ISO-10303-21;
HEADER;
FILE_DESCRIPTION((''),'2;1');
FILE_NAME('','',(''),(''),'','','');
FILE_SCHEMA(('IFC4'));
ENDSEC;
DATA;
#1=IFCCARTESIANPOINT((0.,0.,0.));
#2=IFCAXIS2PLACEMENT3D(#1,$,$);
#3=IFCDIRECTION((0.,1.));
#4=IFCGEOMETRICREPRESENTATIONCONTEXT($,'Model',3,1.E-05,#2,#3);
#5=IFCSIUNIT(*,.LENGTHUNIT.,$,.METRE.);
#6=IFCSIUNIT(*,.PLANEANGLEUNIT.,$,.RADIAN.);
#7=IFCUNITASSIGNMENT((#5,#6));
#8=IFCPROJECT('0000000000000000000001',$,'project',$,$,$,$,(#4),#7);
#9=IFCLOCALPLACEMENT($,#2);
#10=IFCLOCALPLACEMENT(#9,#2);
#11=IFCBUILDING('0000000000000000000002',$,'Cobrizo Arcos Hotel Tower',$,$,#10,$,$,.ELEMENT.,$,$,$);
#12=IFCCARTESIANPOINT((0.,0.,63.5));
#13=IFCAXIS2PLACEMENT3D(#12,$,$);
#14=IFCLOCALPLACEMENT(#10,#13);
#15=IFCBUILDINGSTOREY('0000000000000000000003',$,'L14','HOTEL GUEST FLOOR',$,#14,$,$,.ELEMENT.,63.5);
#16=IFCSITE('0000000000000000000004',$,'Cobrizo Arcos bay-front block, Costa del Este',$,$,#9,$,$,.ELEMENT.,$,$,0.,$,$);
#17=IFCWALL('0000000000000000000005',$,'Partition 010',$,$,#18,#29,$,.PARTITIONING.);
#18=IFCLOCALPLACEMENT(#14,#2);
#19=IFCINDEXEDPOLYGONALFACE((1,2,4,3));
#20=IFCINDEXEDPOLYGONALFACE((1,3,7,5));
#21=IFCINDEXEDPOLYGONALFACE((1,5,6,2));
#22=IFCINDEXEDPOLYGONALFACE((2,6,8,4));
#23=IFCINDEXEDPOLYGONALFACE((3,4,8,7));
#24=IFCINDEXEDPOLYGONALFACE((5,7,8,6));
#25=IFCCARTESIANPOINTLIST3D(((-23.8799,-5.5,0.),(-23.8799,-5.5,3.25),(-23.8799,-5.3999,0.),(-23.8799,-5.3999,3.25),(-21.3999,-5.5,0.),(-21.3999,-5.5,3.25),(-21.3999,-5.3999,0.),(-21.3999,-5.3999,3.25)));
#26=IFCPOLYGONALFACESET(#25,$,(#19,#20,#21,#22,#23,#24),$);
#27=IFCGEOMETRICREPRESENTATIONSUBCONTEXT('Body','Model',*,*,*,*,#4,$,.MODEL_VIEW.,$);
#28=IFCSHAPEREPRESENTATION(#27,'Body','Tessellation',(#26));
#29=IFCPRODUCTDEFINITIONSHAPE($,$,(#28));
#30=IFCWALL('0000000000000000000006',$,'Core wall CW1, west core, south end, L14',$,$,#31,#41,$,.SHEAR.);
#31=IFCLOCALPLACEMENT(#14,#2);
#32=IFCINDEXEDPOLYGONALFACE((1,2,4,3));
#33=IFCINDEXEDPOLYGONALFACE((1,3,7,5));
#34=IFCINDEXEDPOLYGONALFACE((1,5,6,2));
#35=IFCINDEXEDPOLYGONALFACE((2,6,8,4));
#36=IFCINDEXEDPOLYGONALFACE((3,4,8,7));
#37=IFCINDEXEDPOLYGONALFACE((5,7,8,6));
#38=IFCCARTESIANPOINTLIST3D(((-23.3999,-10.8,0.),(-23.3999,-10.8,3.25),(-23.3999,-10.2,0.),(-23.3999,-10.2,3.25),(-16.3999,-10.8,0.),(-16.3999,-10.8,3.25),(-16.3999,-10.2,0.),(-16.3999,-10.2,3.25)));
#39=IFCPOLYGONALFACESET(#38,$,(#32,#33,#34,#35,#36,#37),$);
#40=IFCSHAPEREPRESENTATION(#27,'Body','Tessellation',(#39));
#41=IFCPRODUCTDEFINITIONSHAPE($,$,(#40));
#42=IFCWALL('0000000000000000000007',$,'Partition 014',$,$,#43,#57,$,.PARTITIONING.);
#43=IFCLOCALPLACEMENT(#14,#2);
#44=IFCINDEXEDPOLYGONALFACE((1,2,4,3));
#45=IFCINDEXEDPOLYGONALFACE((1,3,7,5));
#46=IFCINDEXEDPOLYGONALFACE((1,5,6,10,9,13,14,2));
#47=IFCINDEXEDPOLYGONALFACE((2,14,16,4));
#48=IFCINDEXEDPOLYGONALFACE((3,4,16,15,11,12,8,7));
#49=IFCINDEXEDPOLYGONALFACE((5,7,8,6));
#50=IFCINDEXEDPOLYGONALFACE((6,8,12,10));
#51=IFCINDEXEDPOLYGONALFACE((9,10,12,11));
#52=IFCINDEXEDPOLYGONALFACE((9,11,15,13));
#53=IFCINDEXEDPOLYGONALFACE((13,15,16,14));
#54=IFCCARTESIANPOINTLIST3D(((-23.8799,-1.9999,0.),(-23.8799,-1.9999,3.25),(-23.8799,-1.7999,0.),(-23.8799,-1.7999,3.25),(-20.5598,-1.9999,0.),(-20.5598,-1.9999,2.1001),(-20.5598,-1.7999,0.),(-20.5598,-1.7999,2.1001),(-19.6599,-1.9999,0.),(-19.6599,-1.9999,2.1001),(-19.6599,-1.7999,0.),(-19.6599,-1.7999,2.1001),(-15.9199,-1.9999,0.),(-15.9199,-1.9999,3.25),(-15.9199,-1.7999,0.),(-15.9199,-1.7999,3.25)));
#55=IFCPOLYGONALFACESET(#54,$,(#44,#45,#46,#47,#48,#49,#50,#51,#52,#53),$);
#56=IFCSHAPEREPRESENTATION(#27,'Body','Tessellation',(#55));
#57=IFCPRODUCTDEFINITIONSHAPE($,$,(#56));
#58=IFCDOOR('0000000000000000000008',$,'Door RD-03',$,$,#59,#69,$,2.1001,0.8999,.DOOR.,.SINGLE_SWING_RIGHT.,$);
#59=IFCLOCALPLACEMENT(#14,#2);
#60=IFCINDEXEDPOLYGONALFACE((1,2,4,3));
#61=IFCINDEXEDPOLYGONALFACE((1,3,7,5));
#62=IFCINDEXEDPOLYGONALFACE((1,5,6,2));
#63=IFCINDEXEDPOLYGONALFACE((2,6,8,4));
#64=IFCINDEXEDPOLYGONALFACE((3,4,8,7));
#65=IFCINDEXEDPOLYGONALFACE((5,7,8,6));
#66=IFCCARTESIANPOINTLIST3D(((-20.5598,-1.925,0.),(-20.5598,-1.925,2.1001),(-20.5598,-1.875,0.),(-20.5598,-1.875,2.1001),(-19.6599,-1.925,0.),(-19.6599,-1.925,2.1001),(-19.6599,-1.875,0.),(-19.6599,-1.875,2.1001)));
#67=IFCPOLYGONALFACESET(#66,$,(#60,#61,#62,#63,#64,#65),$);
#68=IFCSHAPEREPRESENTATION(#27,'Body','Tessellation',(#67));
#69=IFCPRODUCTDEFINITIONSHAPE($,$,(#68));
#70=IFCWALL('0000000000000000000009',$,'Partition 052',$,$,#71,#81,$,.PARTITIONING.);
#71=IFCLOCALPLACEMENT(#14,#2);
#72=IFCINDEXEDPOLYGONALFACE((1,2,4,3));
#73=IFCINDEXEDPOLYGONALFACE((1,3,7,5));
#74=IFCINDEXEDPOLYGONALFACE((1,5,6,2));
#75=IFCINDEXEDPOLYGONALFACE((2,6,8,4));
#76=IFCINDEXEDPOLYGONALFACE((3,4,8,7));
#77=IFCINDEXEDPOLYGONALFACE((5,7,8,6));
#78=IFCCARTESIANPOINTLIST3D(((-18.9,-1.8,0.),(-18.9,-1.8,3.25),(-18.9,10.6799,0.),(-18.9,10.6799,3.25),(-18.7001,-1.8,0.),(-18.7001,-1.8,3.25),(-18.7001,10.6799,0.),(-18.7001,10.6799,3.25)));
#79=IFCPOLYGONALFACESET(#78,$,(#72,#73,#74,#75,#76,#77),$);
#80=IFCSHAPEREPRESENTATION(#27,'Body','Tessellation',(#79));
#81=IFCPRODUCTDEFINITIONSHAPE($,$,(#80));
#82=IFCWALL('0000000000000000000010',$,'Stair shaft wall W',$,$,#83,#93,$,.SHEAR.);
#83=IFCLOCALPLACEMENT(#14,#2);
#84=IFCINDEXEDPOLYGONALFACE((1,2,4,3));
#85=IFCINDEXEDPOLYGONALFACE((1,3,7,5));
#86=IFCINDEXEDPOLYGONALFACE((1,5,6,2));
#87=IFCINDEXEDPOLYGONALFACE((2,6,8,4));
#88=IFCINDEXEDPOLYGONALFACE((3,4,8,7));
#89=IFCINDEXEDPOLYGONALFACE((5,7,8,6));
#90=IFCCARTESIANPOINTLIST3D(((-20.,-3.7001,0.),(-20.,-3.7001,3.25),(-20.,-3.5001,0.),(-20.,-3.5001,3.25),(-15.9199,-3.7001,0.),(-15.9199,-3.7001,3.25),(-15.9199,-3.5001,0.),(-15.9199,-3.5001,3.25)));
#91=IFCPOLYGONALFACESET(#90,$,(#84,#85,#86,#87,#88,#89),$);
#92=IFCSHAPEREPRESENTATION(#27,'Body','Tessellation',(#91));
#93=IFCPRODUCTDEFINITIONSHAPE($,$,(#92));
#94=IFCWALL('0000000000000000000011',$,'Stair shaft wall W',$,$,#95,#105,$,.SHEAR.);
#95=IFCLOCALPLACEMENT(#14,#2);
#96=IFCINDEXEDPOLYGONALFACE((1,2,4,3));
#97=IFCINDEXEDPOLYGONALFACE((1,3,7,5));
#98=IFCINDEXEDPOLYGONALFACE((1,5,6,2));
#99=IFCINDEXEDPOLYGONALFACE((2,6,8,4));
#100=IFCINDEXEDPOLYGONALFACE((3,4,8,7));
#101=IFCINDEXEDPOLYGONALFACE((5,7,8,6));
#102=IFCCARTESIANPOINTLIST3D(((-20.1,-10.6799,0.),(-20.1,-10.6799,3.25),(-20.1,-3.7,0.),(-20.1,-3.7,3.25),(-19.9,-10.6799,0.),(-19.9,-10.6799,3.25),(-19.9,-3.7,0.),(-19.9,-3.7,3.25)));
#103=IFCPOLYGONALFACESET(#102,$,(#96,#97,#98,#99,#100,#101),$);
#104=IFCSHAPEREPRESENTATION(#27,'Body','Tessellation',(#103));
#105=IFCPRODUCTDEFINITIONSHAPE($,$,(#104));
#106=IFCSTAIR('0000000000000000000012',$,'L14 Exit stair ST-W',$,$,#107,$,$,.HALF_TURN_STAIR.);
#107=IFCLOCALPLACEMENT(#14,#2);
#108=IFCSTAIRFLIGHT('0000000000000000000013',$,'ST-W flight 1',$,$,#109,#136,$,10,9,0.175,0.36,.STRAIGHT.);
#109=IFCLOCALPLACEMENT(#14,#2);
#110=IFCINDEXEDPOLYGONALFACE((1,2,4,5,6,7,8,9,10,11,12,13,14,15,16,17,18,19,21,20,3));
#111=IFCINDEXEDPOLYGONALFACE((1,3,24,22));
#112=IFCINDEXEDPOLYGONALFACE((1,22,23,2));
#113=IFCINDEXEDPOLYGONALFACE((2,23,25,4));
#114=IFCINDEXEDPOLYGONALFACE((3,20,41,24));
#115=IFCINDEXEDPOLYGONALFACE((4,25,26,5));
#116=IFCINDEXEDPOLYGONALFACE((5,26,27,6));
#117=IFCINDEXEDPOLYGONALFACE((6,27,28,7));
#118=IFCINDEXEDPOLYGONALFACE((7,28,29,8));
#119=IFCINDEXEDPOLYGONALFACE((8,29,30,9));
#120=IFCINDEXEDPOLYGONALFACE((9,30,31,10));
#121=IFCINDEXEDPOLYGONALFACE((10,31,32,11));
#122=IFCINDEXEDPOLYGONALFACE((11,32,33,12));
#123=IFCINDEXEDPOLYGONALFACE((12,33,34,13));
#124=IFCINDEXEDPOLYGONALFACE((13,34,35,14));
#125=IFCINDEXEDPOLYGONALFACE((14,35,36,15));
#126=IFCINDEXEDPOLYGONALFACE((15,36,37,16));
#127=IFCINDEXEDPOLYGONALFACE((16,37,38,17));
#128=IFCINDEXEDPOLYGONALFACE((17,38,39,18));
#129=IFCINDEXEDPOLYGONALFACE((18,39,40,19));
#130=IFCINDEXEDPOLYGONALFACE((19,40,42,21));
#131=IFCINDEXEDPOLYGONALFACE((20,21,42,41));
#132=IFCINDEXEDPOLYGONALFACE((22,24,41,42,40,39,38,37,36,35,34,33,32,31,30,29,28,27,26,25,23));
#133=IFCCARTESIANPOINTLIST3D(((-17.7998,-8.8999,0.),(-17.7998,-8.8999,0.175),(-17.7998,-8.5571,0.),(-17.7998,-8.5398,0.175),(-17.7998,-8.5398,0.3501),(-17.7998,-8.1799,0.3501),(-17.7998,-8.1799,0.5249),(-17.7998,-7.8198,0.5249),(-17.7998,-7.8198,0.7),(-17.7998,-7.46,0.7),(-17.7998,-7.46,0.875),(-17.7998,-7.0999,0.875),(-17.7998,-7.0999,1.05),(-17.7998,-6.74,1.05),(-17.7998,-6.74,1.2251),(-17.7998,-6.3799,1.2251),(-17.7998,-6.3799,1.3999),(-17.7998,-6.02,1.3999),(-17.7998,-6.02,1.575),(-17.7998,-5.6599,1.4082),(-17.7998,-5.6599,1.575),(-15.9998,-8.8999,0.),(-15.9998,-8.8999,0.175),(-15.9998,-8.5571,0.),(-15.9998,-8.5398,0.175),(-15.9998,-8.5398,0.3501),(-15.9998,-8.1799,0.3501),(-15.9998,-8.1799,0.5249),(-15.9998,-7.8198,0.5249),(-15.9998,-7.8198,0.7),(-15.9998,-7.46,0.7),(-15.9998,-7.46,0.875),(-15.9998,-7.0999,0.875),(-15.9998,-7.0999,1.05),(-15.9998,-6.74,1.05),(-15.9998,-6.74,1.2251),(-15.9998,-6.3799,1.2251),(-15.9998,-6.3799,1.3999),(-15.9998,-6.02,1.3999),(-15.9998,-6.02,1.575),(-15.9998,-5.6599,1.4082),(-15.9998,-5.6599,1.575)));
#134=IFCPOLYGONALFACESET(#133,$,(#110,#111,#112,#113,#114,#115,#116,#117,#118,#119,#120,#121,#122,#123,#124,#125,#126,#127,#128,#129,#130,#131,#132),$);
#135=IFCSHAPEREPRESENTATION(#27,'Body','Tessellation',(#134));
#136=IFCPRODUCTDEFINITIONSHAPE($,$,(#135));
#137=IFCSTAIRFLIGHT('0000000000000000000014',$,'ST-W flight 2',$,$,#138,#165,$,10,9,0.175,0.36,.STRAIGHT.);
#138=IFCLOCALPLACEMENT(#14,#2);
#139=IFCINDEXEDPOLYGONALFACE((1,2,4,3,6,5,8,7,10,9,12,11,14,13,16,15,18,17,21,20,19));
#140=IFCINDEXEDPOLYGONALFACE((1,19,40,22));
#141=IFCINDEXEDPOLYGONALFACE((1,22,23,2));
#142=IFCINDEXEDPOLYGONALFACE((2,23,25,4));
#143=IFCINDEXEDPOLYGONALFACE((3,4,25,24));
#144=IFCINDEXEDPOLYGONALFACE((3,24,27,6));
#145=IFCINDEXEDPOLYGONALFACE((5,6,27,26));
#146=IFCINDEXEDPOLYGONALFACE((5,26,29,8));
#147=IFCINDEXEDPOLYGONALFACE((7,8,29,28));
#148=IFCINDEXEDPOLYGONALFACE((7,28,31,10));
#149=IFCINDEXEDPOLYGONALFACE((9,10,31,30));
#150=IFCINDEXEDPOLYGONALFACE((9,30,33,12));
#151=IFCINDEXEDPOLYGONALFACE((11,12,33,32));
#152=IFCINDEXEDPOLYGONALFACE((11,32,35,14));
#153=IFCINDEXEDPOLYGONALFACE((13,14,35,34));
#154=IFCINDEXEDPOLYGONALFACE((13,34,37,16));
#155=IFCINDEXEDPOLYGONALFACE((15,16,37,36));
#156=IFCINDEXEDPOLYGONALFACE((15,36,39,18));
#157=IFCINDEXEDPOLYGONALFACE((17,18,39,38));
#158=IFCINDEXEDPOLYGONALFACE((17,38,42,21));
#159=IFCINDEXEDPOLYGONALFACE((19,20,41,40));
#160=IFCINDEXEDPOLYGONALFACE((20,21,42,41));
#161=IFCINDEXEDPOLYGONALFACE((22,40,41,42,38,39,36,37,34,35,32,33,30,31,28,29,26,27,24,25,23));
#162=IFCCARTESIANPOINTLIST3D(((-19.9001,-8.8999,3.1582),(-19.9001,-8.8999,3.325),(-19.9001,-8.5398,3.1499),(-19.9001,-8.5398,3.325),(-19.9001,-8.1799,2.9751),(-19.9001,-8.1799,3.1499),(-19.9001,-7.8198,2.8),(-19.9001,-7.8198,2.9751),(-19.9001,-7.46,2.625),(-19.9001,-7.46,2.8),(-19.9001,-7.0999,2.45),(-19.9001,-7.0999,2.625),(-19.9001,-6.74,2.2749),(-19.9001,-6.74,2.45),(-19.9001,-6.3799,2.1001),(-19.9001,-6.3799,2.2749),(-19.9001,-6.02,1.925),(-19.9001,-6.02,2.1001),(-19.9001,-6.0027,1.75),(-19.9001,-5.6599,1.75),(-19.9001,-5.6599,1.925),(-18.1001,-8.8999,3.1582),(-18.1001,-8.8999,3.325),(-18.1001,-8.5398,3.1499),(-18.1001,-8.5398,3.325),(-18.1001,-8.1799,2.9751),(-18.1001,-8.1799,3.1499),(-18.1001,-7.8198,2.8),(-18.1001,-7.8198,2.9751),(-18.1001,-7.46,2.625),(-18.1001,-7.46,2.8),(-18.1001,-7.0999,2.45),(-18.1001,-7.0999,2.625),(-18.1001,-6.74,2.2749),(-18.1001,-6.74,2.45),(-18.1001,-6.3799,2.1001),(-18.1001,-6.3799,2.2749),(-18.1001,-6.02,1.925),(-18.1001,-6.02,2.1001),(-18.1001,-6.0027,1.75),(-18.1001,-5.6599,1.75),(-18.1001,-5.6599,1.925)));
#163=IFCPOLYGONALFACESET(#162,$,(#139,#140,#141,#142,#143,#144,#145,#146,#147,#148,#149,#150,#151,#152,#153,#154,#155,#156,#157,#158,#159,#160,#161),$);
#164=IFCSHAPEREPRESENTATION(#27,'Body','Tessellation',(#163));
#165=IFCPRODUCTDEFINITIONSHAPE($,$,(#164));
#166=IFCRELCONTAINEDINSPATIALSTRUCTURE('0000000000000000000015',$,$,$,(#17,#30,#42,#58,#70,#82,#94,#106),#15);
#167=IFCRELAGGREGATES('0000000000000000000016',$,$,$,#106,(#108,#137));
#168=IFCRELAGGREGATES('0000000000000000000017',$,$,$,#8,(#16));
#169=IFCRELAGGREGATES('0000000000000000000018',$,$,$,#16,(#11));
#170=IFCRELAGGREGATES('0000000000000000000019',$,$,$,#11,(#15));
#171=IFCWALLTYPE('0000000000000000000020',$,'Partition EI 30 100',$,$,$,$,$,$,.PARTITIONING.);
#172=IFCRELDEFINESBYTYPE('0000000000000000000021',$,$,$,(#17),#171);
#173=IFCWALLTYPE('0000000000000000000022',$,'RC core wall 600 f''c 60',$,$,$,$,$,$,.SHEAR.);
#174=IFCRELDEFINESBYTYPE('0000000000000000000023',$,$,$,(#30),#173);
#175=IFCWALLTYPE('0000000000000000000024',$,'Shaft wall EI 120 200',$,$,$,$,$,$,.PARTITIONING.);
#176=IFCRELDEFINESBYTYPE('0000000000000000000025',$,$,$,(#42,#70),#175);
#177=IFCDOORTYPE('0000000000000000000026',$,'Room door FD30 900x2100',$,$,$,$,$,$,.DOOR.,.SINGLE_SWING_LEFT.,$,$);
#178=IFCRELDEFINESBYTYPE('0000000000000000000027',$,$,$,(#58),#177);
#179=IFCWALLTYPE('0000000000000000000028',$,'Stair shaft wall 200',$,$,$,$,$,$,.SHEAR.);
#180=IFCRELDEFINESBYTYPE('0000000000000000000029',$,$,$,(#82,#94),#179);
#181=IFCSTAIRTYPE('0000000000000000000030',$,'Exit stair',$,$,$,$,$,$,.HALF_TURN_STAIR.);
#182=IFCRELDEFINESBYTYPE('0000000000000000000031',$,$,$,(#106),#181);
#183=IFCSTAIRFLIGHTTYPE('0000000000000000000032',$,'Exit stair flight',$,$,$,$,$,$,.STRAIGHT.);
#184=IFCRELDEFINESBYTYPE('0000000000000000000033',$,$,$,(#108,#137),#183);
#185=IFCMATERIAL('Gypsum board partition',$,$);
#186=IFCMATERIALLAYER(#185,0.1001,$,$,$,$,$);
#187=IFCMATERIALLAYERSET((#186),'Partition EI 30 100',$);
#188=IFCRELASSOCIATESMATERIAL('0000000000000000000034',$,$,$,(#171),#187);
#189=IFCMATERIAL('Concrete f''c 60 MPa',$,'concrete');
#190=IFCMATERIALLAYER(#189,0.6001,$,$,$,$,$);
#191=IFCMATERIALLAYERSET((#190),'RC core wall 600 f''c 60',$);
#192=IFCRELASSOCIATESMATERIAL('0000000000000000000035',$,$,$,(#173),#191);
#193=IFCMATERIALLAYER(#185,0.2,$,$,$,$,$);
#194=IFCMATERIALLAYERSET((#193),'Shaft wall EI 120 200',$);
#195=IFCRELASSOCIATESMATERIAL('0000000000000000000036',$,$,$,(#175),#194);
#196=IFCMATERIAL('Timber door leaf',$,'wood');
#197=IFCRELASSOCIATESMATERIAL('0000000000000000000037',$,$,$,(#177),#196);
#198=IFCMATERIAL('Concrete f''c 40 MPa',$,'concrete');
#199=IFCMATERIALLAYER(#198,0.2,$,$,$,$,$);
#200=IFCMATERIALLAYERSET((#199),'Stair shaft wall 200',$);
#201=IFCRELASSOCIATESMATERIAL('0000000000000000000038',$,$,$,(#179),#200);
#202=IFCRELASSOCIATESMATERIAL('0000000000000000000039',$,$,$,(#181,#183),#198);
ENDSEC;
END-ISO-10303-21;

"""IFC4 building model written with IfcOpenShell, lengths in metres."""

from ifc_helpers import new_model, si_unit, direction, frame, frame_2d, origin, place, context, subcontext, project, spatial, polyline, rectangle, outline, extrude, material, layer, layer_set, type_object, element, fill, aggregate, save


model = new_model("IFC4")

# Units and contexts
model_context = context("Model", 3, precision=1e-05, world=origin(), true_north=direction((0.0, 1.0)))
body_context = subcontext(model_context, "Body", "Model", "MODEL_VIEW")
ifc_project = project(units=[si_unit("LENGTHUNIT", "METRE"), si_unit("PLANEANGLEUNIT", "RADIAN")], contexts=[model_context])

# Site, building, storey
site_placement = place(None, origin())
site = spatial("IfcSite", under=ifc_project, at=site_placement, Name="Cobrizo Arcos bay-front block, Costa del Este", CompositionType="ELEMENT", RefElevation=0.0)
building_placement = place(site_placement, origin())
building = spatial("IfcBuilding", under=site, at=building_placement, Name="Cobrizo Arcos Hotel Tower", CompositionType="ELEMENT")
storey_placement = place(building_placement, frame((0.0, 0.0, 63.5)))
storey = spatial("IfcBuildingStorey", under=building, at=storey_placement, Name="L14", Description="HOTEL GUEST FLOOR", CompositionType="ELEMENT", Elevation=63.5)

# Walls
ifc_material_1 = material(Name="Gypsum board partition")
ifc_layer_1 = layer(ifc_material_1, 0.1001)
ifc_layer_set_1 = layer_set([ifc_layer_1], Name="Partition EI 30 100")
wall_type_1 = type_object("IfcWallType", Name="Partition EI 30 100", PredefinedType="PARTITIONING", material=ifc_layer_set_1)
wall_1_placement = place(storey_placement, frame((-23.8799, -5.45, 0.0), z_axis=(0.0, 0.0, 1.0), x_axis=(1.0, 0.0, 0.0)))
element("IfcWall", 1, at=wall_1_placement, inside=storey, type_object=wall_type_1, Name="Partition 010", PredefinedType="PARTITIONING", context=body_context, shape_type="SweptSolid", body=[
    extrude(rectangle(XDim=2.48, YDim=0.1001, at=frame_2d((1.24, 0.0))), origin(), (0.0, 0.0, 1.0), 3.25),
])
ifc_material_2 = material(Name="Concrete f'c 60 MPa", Category="concrete")
ifc_layer_2 = layer(ifc_material_2, 0.6001)
ifc_layer_set_2 = layer_set([ifc_layer_2], Name="RC core wall 600 f'c 60")
wall_type_2 = type_object("IfcWallType", Name="RC core wall 600 f'c 60", PredefinedType="SHEAR", material=ifc_layer_set_2)
wall_2_placement = place(storey_placement, frame((-23.3999, -10.5, 0.0), z_axis=(0.0, 0.0, 1.0), x_axis=(1.0, 0.0, 0.0)))
element("IfcWall", 2, at=wall_2_placement, inside=storey, type_object=wall_type_2, Name="Core wall CW1, west core, south end, L14", PredefinedType="SHEAR", context=body_context, shape_type="SweptSolid", body=[
    extrude(rectangle(XDim=7.0, YDim=0.6001, at=frame_2d((3.5, 0.0))), origin(), (0.0, 0.0, 1.0), 3.25),
])

# Wall, opening, door
ifc_layer_3 = layer(ifc_material_1, 0.2)
ifc_layer_set_3 = layer_set([ifc_layer_3], Name="Shaft wall EI 120 200")
wall_type_3 = type_object("IfcWallType", Name="Shaft wall EI 120 200", PredefinedType="PARTITIONING", material=ifc_layer_set_3)
wall_3_placement = place(storey_placement, frame((-23.8799, -1.8999, 0.0), z_axis=(0.0, 0.0, 1.0), x_axis=(1.0, 0.0, 0.0)))
wall_3 = element("IfcWall", 3, at=wall_3_placement, inside=storey, type_object=wall_type_3, Name="Partition 014", PredefinedType="PARTITIONING", context=body_context, shape_type="SweptSolid", body=[
    extrude(rectangle(XDim=7.96, YDim=0.2, at=frame_2d((3.98, 0.0))), origin(), (0.0, 0.0, 1.0), 3.25),
])
opening_placement = place(wall_3_placement, frame((3.3201, 0.0, 0.0)))
opening = element("IfcOpeningElement", 4, at=opening_placement, cuts=wall_3, PredefinedType="OPENING", context=body_context, shape_type="SweptSolid", body=[
    extrude(rectangle(XDim=0.8999, YDim=2.1001, at=frame_2d((0.45, 1.05))), frame((0.0, 0.1121, 0.0), z_axis=(0.0, -1.0, 0.0), x_axis=(1.0, 0.0, 0.0)), (0.0, 0.0, 1.0), 0.2239),
])
ifc_material_3 = material(Name="Timber door leaf", Category="wood")
door_type = type_object("IfcDoorType", Name="Room door FD30 900x2100", OperationType="SINGLE_SWING_LEFT", PredefinedType="DOOR", material=ifc_material_3)
door_placement = place(opening_placement, origin())
door = element("IfcDoor", 5, at=door_placement, inside=storey, type_object=door_type, Name="Door RD-03", OperationType="SINGLE_SWING_RIGHT", OverallHeight=2.1001, OverallWidth=0.8999, PredefinedType="DOOR", context=body_context, shape_type="SweptSolid", body=[
    extrude(rectangle(XDim=0.8999, YDim=2.1001, at=frame_2d((0.45, 1.05))), frame((0.0, 0.0249, 0.0), z_axis=(0.0, -1.0, 0.0), x_axis=(1.0, 0.0, 0.0)), (0.0, 0.0, 1.0), 0.05),
])
fill(opening, door)

# Walls
wall_4_placement = place(storey_placement, frame((-18.8, -1.8, 0.0), z_axis=(0.0, 0.0, 1.0), x_axis=(0.0, 1.0, 0.0)))
element("IfcWall", 6, at=wall_4_placement, inside=storey, type_object=wall_type_3, Name="Partition 052", PredefinedType="PARTITIONING", context=body_context, shape_type="SweptSolid", body=[
    extrude(rectangle(XDim=12.48, YDim=0.2, at=frame_2d((6.24, 0.0))), origin(), (0.0, 0.0, 1.0), 3.25),
])
ifc_material_4 = material(Name="Concrete f'c 40 MPa", Category="concrete")
ifc_layer_4 = layer(ifc_material_4, 0.2)
ifc_layer_set_4 = layer_set([ifc_layer_4], Name="Stair shaft wall 200")
wall_type_4 = type_object("IfcWallType", Name="Stair shaft wall 200", PredefinedType="SHEAR", material=ifc_layer_set_4)
wall_5_placement = place(storey_placement, frame((-20.0, -3.6001, 0.0), z_axis=(0.0, 0.0, 1.0), x_axis=(1.0, 0.0, 0.0)))
element("IfcWall", 7, at=wall_5_placement, inside=storey, type_object=wall_type_4, Name="Stair shaft wall W", PredefinedType="SHEAR", context=body_context, shape_type="SweptSolid", body=[
    extrude(rectangle(XDim=4.0801, YDim=0.2, at=frame_2d((2.04, 0.0))), origin(), (0.0, 0.0, 1.0), 3.25),
])
wall_6_placement = place(storey_placement, frame((-20.0, -10.6799, 0.0), z_axis=(0.0, 0.0, 1.0), x_axis=(0.0, 1.0, 0.0)))
element("IfcWall", 8, at=wall_6_placement, inside=storey, type_object=wall_type_4, Name="Stair shaft wall W", PredefinedType="SHEAR", context=body_context, shape_type="SweptSolid", body=[
    extrude(rectangle(XDim=6.98, YDim=0.2, at=frame_2d((3.49, 0.0))), origin(), (0.0, 0.0, 1.0), 3.25),
])

# Stair, stair flights
stair_type = type_object("IfcStairType", Name="Exit stair", PredefinedType="HALF_TURN_STAIR", material=ifc_material_4)
stair_placement = place(storey_placement, origin())
stair = element("IfcStair", 9, at=stair_placement, inside=storey, type_object=stair_type, Name="L14 Exit stair ST-W", PredefinedType="HALF_TURN_STAIR")
stair_flight_type = type_object("IfcStairFlightType", Name="Exit stair flight", PredefinedType="STRAIGHT", material=ifc_material_4)
stair_flight_1_placement = place(storey_placement, frame((-16.8999, -8.8999, 0.0), z_axis=(0.0, 0.0, 1.0), x_axis=(0.0, 1.0, 0.0)))
stair_flight_1 = element("IfcStairFlight", 10, at=stair_flight_1_placement, type_object=stair_flight_type, Name="ST-W flight 1", NumberOfRisers=10, NumberOfTreads=9, PredefinedType="STRAIGHT", RiserHeight=0.175, TreadLength=0.36, context=body_context, shape_type="SweptSolid", body=[
    extrude(outline(polyline([(0.0, 0.0), (0.0, 0.175), (0.3601, 0.175), (0.3601, 0.3501), (0.72, 0.3501), (0.72, 0.5249), (1.0801, 0.5249), (1.0801, 0.7), (1.4399, 0.7), (1.4399, 0.875), (1.8, 0.875), (1.8, 1.05), (2.1599, 1.05), (2.1599, 1.2251), (2.52, 1.2251), (2.52, 1.3999), (2.8799, 1.3999), (2.8799, 1.575), (3.24, 1.575), (3.24, 1.75), (3.24, 1.4082), (0.3428, 0.0), (0.0, 0.0)])), frame((0.0, 0.8999, 0.0), z_axis=(0.0, -1.0, 0.0), x_axis=(1.0, 0.0, 0.0)), (0.0, 0.0, 1.0), 1.8),
])
stair_flight_2_placement = place(storey_placement, frame((-19.0, -5.6599, 1.75), z_axis=(0.0, 0.0, 1.0), x_axis=(0.0, -1.0, 0.0)))
stair_flight_2 = element("IfcStairFlight", 11, at=stair_flight_2_placement, type_object=stair_flight_type, Name="ST-W flight 2", NumberOfRisers=10, NumberOfTreads=9, PredefinedType="STRAIGHT", RiserHeight=0.175, TreadLength=0.36, context=body_context, shape_type="SweptSolid", body=[
    extrude(outline(polyline([(0.0, 0.0), (0.0, 0.175), (0.3601, 0.175), (0.3601, 0.3501), (0.72, 0.3501), (0.72, 0.5249), (1.0801, 0.5249), (1.0801, 0.7), (1.4399, 0.7), (1.4399, 0.875), (1.8, 0.875), (1.8, 1.05), (2.1599, 1.05), (2.1599, 1.2251), (2.52, 1.2251), (2.52, 1.3999), (2.8799, 1.3999), (2.8799, 1.575), (3.24, 1.575), (3.24, 1.75), (3.24, 1.4082), (0.3428, 0.0), (0.0, 0.0)])), frame((0.0, 0.8999, 0.0), z_axis=(0.0, -1.0, 0.0), x_axis=(1.0, 0.0, 0.0)), (0.0, 0.0, 1.0), 1.8),
])
aggregate(stair, [stair_flight_1, stair_flight_2])

save(model, "model.ifc")
